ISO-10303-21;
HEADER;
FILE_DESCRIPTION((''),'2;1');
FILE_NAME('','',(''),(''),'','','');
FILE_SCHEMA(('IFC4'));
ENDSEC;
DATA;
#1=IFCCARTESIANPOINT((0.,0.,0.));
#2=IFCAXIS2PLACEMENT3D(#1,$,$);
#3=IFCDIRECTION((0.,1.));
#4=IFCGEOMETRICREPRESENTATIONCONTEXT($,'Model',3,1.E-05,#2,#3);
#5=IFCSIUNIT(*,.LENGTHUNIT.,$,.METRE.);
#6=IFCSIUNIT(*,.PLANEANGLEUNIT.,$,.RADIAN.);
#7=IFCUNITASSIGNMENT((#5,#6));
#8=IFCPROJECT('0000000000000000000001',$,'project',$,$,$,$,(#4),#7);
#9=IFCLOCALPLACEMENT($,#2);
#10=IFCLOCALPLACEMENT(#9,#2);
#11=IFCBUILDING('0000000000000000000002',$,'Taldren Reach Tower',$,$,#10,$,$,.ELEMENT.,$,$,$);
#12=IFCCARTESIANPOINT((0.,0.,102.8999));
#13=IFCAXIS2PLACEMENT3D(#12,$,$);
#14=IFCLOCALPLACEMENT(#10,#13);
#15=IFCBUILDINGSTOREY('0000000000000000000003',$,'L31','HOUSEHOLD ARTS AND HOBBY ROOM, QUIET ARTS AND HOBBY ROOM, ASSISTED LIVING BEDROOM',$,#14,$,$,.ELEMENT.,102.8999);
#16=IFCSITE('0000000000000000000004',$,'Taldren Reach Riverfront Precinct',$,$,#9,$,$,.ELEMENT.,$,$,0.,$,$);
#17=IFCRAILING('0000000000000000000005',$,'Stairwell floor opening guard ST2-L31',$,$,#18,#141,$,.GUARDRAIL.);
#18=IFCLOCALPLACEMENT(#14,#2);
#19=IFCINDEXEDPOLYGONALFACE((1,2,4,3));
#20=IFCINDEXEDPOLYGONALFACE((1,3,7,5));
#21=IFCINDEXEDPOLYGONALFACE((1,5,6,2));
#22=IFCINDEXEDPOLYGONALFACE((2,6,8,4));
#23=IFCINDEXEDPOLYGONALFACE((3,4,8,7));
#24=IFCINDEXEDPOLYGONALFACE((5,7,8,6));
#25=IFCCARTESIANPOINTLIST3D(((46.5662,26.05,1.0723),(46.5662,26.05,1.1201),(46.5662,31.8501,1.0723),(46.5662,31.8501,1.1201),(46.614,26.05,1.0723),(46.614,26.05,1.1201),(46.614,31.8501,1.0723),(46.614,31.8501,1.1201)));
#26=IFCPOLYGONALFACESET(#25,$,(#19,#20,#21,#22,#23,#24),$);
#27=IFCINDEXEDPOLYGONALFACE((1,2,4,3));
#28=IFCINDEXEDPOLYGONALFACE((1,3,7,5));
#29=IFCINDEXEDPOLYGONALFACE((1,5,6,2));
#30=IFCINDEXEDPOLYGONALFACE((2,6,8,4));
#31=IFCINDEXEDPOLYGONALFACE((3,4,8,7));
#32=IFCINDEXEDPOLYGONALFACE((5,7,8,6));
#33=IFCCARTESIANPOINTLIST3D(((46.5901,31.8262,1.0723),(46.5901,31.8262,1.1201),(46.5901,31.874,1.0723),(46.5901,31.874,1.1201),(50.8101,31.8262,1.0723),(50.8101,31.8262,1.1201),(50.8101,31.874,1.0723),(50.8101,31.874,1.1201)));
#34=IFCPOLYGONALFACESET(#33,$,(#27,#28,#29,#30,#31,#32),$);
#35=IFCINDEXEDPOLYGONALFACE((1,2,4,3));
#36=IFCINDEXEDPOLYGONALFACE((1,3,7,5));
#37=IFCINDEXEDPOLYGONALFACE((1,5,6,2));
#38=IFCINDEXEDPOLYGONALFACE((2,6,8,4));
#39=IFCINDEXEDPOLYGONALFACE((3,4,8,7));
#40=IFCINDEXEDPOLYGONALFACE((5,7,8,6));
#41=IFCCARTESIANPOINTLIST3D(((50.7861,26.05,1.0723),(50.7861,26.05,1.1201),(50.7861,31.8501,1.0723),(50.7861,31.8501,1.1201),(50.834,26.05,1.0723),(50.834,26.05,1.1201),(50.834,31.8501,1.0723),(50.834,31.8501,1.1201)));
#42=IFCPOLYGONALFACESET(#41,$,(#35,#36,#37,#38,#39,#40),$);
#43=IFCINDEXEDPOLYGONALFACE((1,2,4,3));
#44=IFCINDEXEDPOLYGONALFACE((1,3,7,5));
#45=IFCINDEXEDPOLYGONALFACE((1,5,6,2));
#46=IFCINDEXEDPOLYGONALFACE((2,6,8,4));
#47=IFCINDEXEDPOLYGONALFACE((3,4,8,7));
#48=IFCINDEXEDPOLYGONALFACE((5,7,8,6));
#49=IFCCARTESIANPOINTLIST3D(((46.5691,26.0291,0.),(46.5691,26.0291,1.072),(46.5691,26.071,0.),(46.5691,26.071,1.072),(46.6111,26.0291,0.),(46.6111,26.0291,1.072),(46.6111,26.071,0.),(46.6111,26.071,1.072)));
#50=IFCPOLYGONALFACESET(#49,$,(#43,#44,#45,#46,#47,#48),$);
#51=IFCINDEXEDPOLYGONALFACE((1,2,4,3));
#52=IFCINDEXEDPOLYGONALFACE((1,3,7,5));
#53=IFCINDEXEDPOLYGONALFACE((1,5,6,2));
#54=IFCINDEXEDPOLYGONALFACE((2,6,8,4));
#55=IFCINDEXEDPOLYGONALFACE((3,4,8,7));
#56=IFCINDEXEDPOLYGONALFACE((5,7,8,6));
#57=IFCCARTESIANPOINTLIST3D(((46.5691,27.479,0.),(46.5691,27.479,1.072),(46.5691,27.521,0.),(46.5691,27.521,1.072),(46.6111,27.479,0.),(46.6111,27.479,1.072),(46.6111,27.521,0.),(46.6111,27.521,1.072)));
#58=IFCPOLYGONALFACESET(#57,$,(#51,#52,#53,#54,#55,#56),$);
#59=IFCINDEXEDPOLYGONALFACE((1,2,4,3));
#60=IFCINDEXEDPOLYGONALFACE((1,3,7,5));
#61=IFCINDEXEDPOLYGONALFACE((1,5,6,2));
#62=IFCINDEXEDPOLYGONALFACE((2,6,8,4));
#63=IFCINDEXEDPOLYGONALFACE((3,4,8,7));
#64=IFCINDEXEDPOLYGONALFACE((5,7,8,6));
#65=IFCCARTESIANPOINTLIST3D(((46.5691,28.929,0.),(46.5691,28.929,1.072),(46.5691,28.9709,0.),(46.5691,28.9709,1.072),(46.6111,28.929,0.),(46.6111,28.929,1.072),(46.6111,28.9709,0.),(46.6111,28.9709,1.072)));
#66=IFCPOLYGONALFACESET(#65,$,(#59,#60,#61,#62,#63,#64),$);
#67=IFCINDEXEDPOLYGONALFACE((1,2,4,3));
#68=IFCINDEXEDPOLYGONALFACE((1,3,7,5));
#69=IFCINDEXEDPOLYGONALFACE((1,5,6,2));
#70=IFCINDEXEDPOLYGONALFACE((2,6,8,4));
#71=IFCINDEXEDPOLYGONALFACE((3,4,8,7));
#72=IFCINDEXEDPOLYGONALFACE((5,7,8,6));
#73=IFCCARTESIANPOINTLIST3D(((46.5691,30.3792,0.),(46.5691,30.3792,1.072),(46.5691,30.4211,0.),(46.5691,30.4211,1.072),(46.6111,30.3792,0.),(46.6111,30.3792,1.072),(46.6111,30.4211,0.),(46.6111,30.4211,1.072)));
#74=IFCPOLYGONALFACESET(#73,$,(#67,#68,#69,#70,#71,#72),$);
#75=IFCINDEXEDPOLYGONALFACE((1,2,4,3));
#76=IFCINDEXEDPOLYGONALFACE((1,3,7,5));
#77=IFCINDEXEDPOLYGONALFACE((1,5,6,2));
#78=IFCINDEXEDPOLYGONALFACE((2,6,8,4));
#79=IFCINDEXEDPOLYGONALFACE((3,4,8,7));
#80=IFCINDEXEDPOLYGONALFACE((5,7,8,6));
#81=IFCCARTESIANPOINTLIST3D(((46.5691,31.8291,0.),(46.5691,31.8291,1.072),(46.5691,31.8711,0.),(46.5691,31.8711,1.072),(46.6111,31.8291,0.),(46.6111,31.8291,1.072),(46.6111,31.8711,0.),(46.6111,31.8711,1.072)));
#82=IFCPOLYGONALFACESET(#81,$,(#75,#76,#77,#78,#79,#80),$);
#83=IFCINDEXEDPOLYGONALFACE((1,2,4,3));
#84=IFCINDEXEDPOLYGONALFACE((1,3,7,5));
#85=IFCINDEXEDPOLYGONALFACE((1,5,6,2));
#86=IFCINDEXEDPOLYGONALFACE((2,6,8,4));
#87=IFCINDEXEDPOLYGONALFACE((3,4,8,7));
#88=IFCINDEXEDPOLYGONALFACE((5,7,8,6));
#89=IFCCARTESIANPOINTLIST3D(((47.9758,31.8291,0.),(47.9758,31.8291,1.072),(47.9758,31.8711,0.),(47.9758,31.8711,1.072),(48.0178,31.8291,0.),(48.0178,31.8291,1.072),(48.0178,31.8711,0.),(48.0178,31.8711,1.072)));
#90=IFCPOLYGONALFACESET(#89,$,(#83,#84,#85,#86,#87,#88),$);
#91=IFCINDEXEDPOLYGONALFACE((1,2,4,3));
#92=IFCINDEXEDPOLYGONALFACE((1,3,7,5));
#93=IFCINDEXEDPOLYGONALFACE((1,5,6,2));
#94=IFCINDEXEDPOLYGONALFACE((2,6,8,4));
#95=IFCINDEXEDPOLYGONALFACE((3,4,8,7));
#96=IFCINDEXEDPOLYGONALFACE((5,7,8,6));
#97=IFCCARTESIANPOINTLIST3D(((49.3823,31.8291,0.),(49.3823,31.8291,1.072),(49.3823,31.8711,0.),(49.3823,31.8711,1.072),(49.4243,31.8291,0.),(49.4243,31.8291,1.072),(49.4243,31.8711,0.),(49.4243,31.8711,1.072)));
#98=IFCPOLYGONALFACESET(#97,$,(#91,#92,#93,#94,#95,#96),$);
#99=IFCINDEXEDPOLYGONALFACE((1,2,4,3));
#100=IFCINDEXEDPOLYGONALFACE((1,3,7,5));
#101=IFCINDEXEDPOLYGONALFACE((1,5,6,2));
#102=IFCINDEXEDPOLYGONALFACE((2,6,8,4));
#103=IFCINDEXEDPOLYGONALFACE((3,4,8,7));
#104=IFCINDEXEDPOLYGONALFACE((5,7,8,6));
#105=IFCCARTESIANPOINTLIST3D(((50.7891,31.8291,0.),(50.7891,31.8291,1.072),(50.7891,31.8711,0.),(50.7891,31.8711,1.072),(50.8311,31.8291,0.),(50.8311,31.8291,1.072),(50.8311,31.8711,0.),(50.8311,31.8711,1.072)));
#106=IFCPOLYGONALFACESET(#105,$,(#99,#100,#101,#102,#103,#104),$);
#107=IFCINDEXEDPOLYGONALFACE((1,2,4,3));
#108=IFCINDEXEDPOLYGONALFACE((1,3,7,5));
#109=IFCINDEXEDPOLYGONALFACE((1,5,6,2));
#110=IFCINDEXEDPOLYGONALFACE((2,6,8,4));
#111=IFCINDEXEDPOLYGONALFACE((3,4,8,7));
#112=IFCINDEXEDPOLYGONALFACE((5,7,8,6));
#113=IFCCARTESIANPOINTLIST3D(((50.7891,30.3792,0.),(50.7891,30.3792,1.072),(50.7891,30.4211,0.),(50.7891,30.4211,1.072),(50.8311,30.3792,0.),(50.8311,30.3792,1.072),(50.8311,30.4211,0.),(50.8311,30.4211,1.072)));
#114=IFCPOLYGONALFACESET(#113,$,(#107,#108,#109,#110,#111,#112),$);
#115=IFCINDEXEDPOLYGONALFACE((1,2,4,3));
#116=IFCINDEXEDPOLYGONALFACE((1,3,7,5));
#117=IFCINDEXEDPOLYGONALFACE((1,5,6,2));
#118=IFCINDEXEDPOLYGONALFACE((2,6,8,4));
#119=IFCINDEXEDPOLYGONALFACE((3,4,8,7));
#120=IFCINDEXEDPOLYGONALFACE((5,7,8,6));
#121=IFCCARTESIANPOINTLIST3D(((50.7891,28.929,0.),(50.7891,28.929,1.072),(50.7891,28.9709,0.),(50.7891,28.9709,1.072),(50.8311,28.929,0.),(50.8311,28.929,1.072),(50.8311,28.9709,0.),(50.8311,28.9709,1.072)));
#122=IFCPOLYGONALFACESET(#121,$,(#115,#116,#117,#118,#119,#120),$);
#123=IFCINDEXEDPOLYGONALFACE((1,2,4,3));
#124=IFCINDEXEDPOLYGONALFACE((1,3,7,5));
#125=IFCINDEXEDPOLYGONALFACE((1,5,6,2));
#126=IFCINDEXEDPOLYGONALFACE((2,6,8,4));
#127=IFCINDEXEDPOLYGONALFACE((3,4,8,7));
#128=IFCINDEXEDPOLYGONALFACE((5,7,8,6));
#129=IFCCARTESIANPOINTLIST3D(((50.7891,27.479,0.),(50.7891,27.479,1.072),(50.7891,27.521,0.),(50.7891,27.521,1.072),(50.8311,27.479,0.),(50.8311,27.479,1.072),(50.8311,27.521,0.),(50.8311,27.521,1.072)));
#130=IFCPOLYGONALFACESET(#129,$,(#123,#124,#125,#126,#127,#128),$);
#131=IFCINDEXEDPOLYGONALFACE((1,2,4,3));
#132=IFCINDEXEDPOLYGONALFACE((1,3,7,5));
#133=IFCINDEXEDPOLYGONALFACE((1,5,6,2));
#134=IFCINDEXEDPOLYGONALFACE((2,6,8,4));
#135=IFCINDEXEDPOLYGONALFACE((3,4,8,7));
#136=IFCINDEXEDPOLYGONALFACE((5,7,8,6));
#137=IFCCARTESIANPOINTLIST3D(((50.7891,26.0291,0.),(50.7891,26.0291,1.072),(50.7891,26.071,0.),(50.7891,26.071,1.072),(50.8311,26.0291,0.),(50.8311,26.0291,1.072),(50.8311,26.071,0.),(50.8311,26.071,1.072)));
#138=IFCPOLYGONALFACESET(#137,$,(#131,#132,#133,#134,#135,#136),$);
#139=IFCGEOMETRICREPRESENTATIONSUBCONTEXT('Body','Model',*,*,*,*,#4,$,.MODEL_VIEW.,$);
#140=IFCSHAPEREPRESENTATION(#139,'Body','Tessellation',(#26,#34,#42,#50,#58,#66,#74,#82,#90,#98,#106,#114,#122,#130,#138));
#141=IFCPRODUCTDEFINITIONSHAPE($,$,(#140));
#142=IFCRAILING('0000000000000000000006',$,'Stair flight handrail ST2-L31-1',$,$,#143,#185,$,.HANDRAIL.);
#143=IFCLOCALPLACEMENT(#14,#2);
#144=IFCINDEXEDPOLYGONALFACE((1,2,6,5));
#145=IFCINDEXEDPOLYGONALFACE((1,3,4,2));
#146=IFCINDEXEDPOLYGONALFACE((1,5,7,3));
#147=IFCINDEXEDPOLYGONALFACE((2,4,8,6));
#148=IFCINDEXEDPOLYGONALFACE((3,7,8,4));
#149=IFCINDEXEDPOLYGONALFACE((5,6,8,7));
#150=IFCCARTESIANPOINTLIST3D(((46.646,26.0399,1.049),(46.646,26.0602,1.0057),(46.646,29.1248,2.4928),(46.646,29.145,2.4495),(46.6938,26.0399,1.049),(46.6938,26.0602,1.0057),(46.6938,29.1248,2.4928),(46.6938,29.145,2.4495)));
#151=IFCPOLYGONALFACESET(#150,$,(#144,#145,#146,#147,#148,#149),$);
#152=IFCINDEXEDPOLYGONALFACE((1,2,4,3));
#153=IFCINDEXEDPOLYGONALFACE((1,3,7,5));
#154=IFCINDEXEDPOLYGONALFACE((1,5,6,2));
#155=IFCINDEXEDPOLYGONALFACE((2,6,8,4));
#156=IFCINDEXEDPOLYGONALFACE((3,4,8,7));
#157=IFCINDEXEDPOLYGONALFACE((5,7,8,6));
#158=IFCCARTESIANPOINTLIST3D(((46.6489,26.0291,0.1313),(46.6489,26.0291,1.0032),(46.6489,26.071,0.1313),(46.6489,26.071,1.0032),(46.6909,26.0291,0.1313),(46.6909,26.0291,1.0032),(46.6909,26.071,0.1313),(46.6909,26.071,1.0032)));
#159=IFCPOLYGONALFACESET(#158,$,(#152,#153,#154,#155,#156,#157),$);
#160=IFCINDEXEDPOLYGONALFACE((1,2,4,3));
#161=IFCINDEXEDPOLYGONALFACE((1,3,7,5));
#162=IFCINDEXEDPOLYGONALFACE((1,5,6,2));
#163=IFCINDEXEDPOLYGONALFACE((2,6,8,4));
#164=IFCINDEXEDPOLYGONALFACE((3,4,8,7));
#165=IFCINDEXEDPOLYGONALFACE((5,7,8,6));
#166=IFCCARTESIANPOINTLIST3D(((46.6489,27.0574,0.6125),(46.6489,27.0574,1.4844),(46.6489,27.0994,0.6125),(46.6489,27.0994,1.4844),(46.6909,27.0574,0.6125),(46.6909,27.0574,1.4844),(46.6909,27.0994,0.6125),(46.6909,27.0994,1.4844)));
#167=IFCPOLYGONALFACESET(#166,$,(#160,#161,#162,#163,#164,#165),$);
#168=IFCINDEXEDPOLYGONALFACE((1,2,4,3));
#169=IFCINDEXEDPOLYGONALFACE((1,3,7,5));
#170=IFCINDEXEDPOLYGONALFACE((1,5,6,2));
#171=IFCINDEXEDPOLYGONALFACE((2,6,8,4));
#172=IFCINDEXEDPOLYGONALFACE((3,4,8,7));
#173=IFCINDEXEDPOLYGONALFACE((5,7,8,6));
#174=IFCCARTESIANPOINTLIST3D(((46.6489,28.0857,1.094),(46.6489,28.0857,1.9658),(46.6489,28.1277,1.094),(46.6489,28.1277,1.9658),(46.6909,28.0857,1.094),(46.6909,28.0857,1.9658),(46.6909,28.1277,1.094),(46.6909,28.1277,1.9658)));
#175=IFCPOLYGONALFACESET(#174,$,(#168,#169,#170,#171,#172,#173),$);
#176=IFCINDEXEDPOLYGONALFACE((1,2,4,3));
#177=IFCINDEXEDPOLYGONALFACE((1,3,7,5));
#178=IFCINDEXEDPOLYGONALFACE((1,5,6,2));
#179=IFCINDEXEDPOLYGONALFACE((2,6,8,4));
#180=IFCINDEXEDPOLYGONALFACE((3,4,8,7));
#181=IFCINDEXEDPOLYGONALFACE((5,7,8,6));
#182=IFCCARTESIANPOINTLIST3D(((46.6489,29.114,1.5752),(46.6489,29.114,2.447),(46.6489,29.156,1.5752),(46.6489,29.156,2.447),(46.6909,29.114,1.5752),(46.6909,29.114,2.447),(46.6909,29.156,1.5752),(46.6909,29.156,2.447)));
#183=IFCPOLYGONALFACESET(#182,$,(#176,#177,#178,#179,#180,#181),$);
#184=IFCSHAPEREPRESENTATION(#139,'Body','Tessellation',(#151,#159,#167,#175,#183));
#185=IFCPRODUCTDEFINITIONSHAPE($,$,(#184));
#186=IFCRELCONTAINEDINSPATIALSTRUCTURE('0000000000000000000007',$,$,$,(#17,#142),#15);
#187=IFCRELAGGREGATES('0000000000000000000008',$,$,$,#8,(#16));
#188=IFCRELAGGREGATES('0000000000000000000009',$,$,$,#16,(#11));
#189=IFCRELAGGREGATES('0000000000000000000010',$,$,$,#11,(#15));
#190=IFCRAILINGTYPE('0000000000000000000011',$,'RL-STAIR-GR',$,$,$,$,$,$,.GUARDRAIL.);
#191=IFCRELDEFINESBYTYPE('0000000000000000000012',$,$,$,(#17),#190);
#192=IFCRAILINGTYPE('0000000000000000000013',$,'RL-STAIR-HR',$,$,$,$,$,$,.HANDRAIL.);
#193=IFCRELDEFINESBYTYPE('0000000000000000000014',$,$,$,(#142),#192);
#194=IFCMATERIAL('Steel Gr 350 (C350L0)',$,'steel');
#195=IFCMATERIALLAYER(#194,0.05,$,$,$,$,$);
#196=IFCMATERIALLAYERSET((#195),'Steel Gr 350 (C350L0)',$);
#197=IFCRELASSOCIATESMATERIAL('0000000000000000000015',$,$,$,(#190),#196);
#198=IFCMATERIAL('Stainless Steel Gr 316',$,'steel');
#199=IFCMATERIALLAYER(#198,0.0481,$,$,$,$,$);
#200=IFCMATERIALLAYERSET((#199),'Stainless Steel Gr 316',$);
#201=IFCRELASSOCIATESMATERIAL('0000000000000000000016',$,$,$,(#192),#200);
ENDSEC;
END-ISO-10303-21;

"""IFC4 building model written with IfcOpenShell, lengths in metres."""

from ifc_helpers import new_model, si_unit, direction, frame, origin, origin_2d, place, context, subcontext, project, spatial, rectangle, extrude, material, layer, layer_set, type_object, element, save


model = new_model("IFC4")

# Units and contexts
model_context = context("Model", 3, precision=1e-05, world=origin(), true_north=direction((0.0, 1.0)))
body_context = subcontext(model_context, "Body", "Model", "MODEL_VIEW")
ifc_project = project(units=[si_unit("LENGTHUNIT", "METRE"), si_unit("PLANEANGLEUNIT", "RADIAN")], contexts=[model_context])

# Site, building, storey
site_placement = place(None, origin())
site = spatial("IfcSite", under=ifc_project, at=site_placement, Name="Taldren Reach Riverfront Precinct", CompositionType="ELEMENT", RefElevation=0.0)
building_placement = place(site_placement, origin())
building = spatial("IfcBuilding", under=site, at=building_placement, Name="Taldren Reach Tower", CompositionType="ELEMENT")
storey_placement = place(building_placement, frame((0.0, 0.0, 102.8999)))
storey = spatial("IfcBuildingStorey", under=building, at=storey_placement, Name="L31", Description="HOUSEHOLD ARTS AND HOBBY ROOM, QUIET ARTS AND HOBBY ROOM, ASSISTED LIVING BEDROOM", CompositionType="ELEMENT", Elevation=102.8999)

# Shared definitions
ifc_material_1 = material(Name="Steel Gr 350 (C350L0)", Category="steel")

# Railings
ifc_layer_1 = layer(ifc_material_1, 0.05)
ifc_layer_set_1 = layer_set([ifc_layer_1], Name="Steel Gr 350 (C350L0)")
railing_type_1 = type_object("IfcRailingType", Name="RL-STAIR-GR", PredefinedType="GUARDRAIL", material=ifc_layer_set_1)
railing_1_placement = place(storey_placement, frame((46.5901, 26.05, 0.0)))
element("IfcRailing", 1, at=railing_1_placement, inside=storey, type_object=railing_type_1, Name="Stairwell floor opening guard ST2-L31", PredefinedType="GUARDRAIL", context=body_context, shape_type="SweptSolid", body=[
    extrude(rectangle(XDim=0.0479, YDim=0.0479, at=origin_2d()), frame((0.0, 0.0, 1.0962), z_axis=(0.0, 1.0, 0.0), x_axis=(-1.0, 0.0, 0.0)), (0.0, 0.0, 1.0), 5.8),
    extrude(rectangle(XDim=0.0479, YDim=0.0479, at=origin_2d()), frame((0.0, 5.8, 1.0962), z_axis=(1.0, 0.0, 0.0), x_axis=(0.0, 1.0, 0.0)), (0.0, 0.0, 1.0), 4.22),
    extrude(rectangle(XDim=0.0479, YDim=0.0479, at=origin_2d()), frame((4.22, 5.8, 1.0962), z_axis=(0.0, -1.0, 0.0), x_axis=(1.0, 0.0, 0.0)), (0.0, 0.0, 1.0), 5.8),
    extrude(rectangle(XDim=0.042, YDim=0.042, at=origin_2d()), origin(), (0.0, 0.0, 1.0), 1.072),
    extrude(rectangle(XDim=0.042, YDim=0.042, at=origin_2d()), frame((0.0, 1.45, 0.0)), (0.0, 0.0, 1.0), 1.072),
    extrude(rectangle(XDim=0.042, YDim=0.042, at=origin_2d()), frame((0.0, 2.8999, 0.0)), (0.0, 0.0, 1.0), 1.072),
    extrude(rectangle(XDim=0.042, YDim=0.042, at=origin_2d()), frame((0.0, 4.3501, 0.0)), (0.0, 0.0, 1.0), 1.072),
    extrude(rectangle(XDim=0.042, YDim=0.042, at=origin_2d()), frame((0.0, 5.8, 0.0)), (0.0, 0.0, 1.0), 1.072),
    extrude(rectangle(XDim=0.042, YDim=0.042, at=origin_2d()), frame((1.4067, 5.8, 0.0)), (0.0, 0.0, 1.0), 1.072),
    extrude(rectangle(XDim=0.042, YDim=0.042, at=origin_2d()), frame((2.8132, 5.8, 0.0)), (0.0, 0.0, 1.0), 1.072),
    extrude(rectangle(XDim=0.042, YDim=0.042, at=origin_2d()), frame((4.22, 5.8, 0.0)), (0.0, 0.0, 1.0), 1.072),
    extrude(rectangle(XDim=0.042, YDim=0.042, at=origin_2d()), frame((4.22, 4.3501, 0.0)), (0.0, 0.0, 1.0), 1.072),
    extrude(rectangle(XDim=0.042, YDim=0.042, at=origin_2d()), frame((4.22, 2.8999, 0.0)), (0.0, 0.0, 1.0), 1.072),
    extrude(rectangle(XDim=0.042, YDim=0.042, at=origin_2d()), frame((4.22, 1.45, 0.0)), (0.0, 0.0, 1.0), 1.072),
    extrude(rectangle(XDim=0.042, YDim=0.042, at=origin_2d()), frame((4.22, 0.0, 0.0)), (0.0, 0.0, 1.0), 1.072),
])
ifc_material_2 = material(Name="Stainless Steel Gr 316", Category="steel")
ifc_layer_2 = layer(ifc_material_2, 0.0481)
ifc_layer_set_2 = layer_set([ifc_layer_2], Name="Stainless Steel Gr 316")
railing_type_2 = type_object("IfcRailingType", Name="RL-STAIR-HR", PredefinedType="HANDRAIL", material=ifc_layer_set_2)
railing_2_placement = place(storey_placement, frame((46.6699, 26.05, 0.1313)))
element("IfcRailing", 2, at=railing_2_placement, inside=storey, type_object=railing_type_2, Name="Stair flight handrail ST2-L31-1", PredefinedType="HANDRAIL", context=body_context, shape_type="SweptSolid", body=[
    extrude(rectangle(XDim=0.0479, YDim=0.0479, at=origin_2d()), frame((0.0, 0.0, 0.896), z_axis=(0.0, 0.90571, 0.423898), x_axis=(-1.0, 0.0, 0.0)), (0.0, 0.0, 1.0), 3.406),
    extrude(rectangle(XDim=0.042, YDim=0.042, at=origin_2d()), origin(), (0.0, 0.0, 1.0), 0.8718),
    extrude(rectangle(XDim=0.042, YDim=0.042, at=origin_2d()), frame((0.0, 1.0283, 0.4812)), (0.0, 0.0, 1.0), 0.8718),
    extrude(rectangle(XDim=0.042, YDim=0.042, at=origin_2d()), frame((0.0, 2.0566, 0.9626)), (0.0, 0.0, 1.0), 0.8718),
    extrude(rectangle(XDim=0.042, YDim=0.042, at=origin_2d()), frame((0.0, 3.085, 1.4438)), (0.0, 0.0, 1.0), 0.8718),
])

save(model, "model.ifc")
